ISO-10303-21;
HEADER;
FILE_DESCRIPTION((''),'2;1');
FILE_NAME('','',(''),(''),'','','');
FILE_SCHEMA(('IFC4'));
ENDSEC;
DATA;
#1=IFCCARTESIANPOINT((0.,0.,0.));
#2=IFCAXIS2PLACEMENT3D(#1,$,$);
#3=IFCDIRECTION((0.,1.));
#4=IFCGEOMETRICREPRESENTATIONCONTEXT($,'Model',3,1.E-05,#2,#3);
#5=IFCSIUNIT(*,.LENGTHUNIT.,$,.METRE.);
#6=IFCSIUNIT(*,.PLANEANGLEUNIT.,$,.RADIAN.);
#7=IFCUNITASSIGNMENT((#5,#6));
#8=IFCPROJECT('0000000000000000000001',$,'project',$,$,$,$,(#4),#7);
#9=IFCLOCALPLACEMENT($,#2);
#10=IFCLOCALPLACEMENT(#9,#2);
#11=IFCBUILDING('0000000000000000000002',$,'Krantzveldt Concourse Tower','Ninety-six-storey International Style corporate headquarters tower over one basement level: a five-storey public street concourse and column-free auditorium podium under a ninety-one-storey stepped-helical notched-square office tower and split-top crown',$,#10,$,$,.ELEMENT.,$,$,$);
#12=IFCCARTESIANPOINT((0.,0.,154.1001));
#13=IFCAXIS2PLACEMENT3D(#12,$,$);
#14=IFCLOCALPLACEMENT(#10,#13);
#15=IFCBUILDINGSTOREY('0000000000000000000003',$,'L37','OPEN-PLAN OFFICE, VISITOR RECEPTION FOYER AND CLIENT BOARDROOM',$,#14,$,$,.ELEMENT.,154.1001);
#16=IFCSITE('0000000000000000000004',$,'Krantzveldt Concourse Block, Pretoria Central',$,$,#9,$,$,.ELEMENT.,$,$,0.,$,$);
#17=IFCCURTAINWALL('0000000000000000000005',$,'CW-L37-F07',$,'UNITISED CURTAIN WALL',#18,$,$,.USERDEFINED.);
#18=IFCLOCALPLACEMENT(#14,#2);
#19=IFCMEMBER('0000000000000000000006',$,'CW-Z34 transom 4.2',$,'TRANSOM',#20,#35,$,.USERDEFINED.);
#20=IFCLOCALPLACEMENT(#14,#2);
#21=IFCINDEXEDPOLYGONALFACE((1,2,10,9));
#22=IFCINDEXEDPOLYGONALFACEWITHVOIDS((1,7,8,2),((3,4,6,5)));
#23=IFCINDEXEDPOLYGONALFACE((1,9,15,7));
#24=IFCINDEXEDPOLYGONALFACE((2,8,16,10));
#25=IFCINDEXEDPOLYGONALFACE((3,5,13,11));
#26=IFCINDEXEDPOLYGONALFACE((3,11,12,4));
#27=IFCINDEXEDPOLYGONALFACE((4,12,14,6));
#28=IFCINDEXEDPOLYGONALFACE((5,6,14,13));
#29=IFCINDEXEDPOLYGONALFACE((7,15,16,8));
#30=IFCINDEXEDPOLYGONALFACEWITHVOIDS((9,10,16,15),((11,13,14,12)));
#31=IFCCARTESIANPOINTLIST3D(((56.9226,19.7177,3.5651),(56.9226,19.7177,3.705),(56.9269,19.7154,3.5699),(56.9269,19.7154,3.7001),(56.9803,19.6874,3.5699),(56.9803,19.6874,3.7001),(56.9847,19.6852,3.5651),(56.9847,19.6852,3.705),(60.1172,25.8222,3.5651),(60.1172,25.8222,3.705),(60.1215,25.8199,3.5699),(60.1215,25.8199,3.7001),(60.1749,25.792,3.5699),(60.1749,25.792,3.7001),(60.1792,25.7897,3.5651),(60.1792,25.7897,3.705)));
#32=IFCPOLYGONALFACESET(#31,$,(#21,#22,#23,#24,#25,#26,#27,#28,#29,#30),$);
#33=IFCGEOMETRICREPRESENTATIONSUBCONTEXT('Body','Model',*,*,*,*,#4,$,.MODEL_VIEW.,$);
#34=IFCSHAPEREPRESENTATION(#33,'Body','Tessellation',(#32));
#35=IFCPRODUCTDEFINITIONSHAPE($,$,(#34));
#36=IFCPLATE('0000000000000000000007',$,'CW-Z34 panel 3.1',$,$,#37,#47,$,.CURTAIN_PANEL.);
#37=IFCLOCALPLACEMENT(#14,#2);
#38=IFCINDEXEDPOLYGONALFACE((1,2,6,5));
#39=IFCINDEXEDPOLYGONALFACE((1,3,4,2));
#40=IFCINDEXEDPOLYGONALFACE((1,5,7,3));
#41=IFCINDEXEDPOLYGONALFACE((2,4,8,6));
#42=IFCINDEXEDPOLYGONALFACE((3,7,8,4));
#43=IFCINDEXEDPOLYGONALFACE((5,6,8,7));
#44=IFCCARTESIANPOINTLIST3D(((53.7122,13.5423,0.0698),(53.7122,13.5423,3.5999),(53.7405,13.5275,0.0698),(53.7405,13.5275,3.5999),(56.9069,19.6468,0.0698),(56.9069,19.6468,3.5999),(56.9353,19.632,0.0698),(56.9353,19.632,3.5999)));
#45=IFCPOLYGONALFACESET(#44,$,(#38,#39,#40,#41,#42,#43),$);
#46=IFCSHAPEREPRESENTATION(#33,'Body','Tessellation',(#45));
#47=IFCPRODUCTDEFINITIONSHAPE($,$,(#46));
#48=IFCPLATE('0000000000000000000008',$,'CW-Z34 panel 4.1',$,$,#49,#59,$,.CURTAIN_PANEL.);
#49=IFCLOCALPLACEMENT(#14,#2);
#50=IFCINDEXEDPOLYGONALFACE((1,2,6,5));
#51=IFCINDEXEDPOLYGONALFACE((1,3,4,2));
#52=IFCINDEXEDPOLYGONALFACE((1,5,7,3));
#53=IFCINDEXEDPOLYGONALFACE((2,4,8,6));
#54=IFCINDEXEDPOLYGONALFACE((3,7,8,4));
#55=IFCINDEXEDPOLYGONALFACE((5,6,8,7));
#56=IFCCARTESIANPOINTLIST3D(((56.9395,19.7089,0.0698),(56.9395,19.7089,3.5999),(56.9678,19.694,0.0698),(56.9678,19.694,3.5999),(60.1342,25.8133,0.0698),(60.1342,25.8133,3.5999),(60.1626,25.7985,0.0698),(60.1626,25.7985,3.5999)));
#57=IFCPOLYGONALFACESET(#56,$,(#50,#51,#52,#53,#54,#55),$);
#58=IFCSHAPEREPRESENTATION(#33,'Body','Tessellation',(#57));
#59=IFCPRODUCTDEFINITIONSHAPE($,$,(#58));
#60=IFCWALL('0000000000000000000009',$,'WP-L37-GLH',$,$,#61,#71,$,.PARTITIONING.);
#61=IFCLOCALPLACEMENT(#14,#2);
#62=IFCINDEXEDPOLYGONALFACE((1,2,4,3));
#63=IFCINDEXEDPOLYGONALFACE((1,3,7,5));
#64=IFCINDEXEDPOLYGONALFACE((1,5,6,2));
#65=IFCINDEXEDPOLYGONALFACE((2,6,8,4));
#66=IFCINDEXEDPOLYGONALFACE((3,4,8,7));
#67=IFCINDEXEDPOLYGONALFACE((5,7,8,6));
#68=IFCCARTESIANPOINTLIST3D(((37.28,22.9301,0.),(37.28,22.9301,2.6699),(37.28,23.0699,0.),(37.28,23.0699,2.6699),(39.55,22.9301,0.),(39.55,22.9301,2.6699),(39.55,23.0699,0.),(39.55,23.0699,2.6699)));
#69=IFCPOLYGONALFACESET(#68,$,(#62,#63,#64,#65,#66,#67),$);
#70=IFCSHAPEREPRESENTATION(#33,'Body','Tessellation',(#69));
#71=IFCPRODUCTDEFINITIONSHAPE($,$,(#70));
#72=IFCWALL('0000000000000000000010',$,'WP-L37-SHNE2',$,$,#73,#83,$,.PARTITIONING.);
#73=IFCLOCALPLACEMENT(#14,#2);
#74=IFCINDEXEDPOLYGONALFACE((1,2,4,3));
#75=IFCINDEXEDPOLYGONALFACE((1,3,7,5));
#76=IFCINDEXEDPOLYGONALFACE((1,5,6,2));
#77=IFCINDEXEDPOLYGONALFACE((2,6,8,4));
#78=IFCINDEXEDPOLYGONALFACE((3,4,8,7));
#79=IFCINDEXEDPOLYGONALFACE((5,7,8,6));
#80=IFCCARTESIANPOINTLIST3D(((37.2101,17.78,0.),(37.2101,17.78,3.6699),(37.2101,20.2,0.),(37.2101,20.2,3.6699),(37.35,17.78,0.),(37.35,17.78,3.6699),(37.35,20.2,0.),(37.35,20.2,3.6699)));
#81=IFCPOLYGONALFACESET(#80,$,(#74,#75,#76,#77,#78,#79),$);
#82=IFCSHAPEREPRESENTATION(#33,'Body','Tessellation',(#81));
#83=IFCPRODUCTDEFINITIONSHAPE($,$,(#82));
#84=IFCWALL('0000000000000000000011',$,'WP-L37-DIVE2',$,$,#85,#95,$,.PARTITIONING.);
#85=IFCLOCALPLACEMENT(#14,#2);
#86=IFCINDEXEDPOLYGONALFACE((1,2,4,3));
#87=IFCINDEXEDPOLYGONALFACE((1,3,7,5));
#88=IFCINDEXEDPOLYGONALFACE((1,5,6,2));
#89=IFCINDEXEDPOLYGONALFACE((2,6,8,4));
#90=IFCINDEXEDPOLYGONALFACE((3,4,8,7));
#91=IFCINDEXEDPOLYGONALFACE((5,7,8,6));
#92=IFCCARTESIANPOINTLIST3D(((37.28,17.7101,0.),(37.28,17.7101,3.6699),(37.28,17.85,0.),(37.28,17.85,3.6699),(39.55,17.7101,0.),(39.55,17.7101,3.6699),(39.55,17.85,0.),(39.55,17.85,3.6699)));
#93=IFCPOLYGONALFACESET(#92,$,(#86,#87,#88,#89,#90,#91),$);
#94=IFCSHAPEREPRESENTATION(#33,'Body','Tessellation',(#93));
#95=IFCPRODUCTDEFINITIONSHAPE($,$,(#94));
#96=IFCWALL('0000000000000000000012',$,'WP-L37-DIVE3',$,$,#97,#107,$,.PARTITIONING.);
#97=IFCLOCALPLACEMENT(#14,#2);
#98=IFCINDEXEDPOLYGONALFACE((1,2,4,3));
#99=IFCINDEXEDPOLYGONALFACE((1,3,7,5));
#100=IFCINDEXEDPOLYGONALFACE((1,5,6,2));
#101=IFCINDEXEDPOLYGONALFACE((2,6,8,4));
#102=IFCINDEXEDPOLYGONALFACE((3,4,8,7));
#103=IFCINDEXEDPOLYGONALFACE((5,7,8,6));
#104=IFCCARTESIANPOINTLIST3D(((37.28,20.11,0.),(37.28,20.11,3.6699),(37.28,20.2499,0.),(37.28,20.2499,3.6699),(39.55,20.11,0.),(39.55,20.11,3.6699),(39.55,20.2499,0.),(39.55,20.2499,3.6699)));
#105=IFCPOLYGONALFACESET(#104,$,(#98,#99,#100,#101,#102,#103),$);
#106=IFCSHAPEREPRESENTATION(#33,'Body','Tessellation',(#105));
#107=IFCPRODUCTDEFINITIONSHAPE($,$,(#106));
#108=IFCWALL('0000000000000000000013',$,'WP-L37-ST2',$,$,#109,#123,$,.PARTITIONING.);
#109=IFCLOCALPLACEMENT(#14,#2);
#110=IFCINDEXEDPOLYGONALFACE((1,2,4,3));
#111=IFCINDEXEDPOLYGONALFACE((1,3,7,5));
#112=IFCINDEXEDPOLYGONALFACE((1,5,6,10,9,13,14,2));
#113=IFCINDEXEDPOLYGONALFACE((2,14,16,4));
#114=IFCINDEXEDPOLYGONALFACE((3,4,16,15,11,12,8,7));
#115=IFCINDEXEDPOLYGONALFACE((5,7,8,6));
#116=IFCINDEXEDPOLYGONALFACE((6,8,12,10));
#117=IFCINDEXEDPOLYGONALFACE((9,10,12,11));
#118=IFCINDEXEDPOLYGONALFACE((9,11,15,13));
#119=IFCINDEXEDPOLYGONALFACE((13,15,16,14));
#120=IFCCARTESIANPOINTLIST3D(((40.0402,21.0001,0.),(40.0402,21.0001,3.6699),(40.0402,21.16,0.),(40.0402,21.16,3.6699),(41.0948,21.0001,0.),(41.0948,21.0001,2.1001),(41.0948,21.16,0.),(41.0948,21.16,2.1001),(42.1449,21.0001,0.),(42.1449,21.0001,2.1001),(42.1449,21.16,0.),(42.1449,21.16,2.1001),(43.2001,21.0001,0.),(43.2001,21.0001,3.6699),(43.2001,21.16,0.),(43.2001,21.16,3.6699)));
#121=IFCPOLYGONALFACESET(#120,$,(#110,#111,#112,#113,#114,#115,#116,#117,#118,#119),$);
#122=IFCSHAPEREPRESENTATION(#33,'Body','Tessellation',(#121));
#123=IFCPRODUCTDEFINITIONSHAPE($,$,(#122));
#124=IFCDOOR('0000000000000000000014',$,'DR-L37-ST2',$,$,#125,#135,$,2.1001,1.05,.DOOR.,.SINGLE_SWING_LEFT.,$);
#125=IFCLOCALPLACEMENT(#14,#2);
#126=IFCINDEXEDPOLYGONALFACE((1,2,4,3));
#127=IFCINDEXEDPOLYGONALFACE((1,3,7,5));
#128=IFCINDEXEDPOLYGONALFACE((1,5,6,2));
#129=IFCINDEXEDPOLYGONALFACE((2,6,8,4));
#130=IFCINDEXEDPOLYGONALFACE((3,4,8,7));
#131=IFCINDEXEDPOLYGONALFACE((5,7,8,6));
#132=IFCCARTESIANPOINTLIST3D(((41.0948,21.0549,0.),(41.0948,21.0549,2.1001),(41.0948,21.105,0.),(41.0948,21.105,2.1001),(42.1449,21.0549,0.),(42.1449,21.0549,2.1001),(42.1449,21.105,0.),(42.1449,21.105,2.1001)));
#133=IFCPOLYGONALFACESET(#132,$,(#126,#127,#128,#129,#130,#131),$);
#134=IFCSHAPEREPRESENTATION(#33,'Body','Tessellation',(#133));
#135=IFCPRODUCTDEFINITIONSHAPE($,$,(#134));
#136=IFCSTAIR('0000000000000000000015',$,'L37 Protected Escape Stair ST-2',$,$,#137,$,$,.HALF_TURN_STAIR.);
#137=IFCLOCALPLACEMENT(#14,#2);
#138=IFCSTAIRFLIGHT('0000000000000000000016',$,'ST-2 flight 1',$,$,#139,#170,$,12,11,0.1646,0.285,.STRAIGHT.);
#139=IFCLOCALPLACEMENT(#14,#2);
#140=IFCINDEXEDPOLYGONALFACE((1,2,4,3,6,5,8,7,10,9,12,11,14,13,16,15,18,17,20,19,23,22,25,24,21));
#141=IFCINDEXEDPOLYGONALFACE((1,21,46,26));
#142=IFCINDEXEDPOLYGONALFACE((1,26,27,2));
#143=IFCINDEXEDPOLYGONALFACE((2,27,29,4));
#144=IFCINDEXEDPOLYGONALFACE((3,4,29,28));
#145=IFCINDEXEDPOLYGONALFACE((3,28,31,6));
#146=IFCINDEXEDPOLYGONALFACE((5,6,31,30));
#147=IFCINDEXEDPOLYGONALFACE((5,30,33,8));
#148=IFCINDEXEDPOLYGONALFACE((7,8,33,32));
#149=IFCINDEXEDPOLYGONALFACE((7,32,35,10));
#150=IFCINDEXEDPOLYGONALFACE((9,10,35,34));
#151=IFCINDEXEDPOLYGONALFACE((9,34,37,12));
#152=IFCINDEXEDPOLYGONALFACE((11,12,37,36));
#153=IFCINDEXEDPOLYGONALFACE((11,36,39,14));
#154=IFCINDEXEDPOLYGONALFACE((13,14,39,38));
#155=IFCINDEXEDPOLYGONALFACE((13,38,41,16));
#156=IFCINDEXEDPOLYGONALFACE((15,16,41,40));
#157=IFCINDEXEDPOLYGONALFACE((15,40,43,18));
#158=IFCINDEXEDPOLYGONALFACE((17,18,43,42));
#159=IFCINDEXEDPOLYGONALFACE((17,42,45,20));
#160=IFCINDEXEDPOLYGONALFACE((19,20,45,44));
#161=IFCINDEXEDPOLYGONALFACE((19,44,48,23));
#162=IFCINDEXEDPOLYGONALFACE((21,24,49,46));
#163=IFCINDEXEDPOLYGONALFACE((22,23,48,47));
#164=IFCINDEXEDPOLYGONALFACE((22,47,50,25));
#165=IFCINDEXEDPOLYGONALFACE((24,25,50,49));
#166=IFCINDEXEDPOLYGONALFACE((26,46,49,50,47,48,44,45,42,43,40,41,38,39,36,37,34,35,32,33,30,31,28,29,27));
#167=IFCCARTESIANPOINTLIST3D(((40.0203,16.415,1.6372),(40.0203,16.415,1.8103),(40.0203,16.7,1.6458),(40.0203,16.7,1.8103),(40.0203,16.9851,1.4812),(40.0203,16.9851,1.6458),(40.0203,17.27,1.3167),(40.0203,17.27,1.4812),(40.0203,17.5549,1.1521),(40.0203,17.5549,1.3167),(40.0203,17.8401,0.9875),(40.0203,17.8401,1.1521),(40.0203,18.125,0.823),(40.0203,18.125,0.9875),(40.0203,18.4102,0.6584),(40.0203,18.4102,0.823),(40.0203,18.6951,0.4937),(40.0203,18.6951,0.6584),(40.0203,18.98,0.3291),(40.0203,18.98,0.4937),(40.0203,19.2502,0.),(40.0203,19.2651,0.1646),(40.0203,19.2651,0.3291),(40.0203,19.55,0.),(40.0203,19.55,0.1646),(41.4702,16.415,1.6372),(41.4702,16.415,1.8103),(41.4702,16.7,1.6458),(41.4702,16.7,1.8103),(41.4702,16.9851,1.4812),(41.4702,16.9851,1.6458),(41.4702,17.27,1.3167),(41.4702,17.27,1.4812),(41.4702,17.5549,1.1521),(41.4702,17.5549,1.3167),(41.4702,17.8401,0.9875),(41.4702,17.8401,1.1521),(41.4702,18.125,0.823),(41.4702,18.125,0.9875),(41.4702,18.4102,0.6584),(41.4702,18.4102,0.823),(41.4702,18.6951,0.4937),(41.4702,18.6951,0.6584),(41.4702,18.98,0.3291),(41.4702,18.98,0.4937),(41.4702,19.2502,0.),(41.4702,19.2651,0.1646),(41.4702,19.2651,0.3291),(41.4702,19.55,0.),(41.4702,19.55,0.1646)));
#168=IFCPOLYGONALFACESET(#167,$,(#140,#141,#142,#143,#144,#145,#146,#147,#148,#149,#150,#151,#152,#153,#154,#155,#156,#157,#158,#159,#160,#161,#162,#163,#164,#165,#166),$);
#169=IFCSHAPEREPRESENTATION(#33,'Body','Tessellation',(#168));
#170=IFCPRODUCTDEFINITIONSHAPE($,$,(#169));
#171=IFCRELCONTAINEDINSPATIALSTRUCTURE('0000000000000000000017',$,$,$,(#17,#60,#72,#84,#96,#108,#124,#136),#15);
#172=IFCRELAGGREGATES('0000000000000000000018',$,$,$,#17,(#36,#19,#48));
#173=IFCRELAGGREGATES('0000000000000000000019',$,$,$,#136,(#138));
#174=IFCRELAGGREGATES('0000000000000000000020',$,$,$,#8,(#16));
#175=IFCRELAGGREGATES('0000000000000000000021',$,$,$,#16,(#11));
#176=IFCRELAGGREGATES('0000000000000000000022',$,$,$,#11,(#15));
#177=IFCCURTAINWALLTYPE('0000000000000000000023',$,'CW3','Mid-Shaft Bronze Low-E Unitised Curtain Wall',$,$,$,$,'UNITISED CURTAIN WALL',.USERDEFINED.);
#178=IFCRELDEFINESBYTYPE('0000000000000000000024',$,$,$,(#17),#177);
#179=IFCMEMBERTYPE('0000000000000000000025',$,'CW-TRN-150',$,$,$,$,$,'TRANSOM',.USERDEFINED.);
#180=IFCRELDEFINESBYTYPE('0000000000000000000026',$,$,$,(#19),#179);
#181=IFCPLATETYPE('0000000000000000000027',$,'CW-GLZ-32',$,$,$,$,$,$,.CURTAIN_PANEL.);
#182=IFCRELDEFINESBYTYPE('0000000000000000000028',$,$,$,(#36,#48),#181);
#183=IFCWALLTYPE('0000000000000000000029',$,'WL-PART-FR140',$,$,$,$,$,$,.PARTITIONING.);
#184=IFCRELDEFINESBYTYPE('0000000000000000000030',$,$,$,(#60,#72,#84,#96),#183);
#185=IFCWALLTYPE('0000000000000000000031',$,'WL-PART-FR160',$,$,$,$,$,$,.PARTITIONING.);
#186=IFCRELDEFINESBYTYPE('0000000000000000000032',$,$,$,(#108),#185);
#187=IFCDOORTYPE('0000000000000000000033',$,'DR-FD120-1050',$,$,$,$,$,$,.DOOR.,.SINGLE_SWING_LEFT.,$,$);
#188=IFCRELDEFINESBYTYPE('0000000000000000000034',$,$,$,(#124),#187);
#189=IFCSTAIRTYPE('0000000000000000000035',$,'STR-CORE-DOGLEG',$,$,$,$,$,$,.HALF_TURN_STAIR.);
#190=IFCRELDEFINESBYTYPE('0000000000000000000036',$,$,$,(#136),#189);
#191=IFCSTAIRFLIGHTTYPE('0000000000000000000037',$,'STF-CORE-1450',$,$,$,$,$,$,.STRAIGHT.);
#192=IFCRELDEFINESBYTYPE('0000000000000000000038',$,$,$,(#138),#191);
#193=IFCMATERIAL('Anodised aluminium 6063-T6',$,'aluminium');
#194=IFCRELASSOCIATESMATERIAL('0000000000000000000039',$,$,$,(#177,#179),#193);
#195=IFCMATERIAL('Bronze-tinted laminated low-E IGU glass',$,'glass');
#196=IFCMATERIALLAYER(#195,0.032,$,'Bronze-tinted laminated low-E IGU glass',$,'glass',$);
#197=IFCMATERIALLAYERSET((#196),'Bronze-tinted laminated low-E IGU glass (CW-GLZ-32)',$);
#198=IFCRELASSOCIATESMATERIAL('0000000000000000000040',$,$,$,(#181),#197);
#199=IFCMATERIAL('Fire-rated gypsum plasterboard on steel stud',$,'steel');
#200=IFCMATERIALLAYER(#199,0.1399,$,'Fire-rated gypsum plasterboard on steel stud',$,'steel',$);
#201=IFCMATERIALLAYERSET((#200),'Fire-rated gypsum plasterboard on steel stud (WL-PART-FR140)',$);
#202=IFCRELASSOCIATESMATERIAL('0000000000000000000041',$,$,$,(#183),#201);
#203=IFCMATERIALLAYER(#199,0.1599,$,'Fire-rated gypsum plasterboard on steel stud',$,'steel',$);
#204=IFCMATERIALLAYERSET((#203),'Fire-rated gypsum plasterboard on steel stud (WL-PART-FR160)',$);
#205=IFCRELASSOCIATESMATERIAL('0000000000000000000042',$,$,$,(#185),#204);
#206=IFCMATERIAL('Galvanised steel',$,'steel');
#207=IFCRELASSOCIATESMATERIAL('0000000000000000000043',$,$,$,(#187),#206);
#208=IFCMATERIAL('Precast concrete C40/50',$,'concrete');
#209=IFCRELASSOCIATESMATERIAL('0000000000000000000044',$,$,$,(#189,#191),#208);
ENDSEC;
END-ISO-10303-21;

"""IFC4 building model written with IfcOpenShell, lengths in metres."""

from ifc_helpers import new_model, si_unit, direction, frame, frame_2d, origin, origin_2d, place, context, subcontext, project, spatial, polyline, rectangle, hollow_rectangle, outline, extrude, source, transform, mapped, material, layer, layer_set, material_profile, profile_set, type_object, type_shapes, element, fill, aggregate, save


model = new_model("IFC4")

# Units and contexts
model_context = context("Model", 3, precision=1e-05, world=origin(), true_north=direction((0.0, 1.0)))
body_context = subcontext(model_context, "Body", "Model", "MODEL_VIEW")
ifc_project = project(units=[si_unit("LENGTHUNIT", "METRE"), si_unit("PLANEANGLEUNIT", "RADIAN")], contexts=[model_context])

# Site, building, storey
site_placement = place(None, origin())
site = spatial("IfcSite", under=ifc_project, at=site_placement, Name="Krantzveldt Concourse Block, Pretoria Central", CompositionType="ELEMENT", RefElevation=0.0)
building_placement = place(site_placement, origin())
building = spatial("IfcBuilding", under=site, at=building_placement, Name="Krantzveldt Concourse Tower", Description="Ninety-six-storey International Style corporate headquarters tower over one basement level: a five-storey public street concourse and column-free auditorium podium under a ninety-one-storey stepped-helical notched-square office tower and split-top crown", CompositionType="ELEMENT")
storey_placement = place(building_placement, frame((0.0, 0.0, 154.1001)))
storey = spatial("IfcBuildingStorey", under=building, at=storey_placement, Name="L37", Description="OPEN-PLAN OFFICE, VISITOR RECEPTION FOYER AND CLIENT BOARDROOM", CompositionType="ELEMENT", Elevation=154.1001)

# Curtain wall, member, plates
ifc_material_1 = material(Name="Anodised aluminium 6063-T6", Category="aluminium")
curtain_wall_type = type_object("IfcCurtainWallType", Name="CW3", Description="Mid-Shaft Bronze Low-E Unitised Curtain Wall", ElementType="UNITISED CURTAIN WALL", PredefinedType="USERDEFINED", material=ifc_material_1)
curtain_wall_placement = place(storey_placement, origin())
curtain_wall = element("IfcCurtainWall", 1, at=curtain_wall_placement, inside=storey, type_object=curtain_wall_type, Name="CW-L37-F07", ObjectType="UNITISED CURTAIN WALL", PredefinedType="USERDEFINED")
ifc_material_profile_1 = material_profile(ifc_material_1, hollow_rectangle(XDim=0.0701, YDim=0.1399, WallThickness=0.0049, at=origin_2d()), Name="Anodised aluminium 6063-T6", Category="aluminium")
ifc_profile_set_1 = profile_set([ifc_material_profile_1], Name="Anodised aluminium 6063-T6 - ALU-TRAN 140x70x5")
member_type_1 = type_object("IfcMemberType", Name="CW-TRN-150", ElementType="TRANSOM", PredefinedType="USERDEFINED", material=ifc_profile_set_1)
shared_shape_1 = source(origin(), body_context, "Body", "SweptSolid", [
    extrude(hollow_rectangle(XDim=0.0701, YDim=0.1399, WallThickness=0.0049, at=origin_2d()), origin(), (0.0, 0.0, 1.0), 6.8899),
])
member_1_placement = place(storey_placement, frame((56.9536, 19.7014, 3.635), z_axis=(0.463664, 0.886011, 0.0), x_axis=(-0.886011, 0.463664, 0.0)))
member_1 = element("IfcMember", 2, at=member_1_placement, type_object=member_type_1, Name="CW-Z34 transom 4.2", ObjectType="TRANSOM", PredefinedType="USERDEFINED", context=body_context, shape_type="MappedRepresentation", body=[
    mapped(shared_shape_1, transform((0.0, 0.0, 0.0), x_axis=(1.0, 0.0, 0.0), y_axis=(0.0, 1.0, 0.0), z_axis=(0.0, 0.0, 1.0), scale=1.0)),
])
ifc_material_2 = material(Name="Bronze-tinted laminated low-E IGU glass", Category="glass")
ifc_layer_1 = layer(ifc_material_2, 0.032, Name="Bronze-tinted laminated low-E IGU glass", Category="glass")
ifc_layer_set_1 = layer_set([ifc_layer_1], Name="Bronze-tinted laminated low-E IGU glass (CW-GLZ-32)")
plate_type = type_object("IfcPlateType", Name="CW-GLZ-32", PredefinedType="CURTAIN_PANEL", material=ifc_layer_set_1)
shared_shape_2 = source(origin(), body_context, "Body", "SweptSolid", [
    extrude(rectangle(XDim=6.8899, YDim=0.032, at=origin_2d()), origin(), (0.0, 0.0, 1.0), 3.53),
])
type_shapes(plate_type, [shared_shape_2])
plate_1_placement = place(storey_placement, frame((55.3237, 16.5872, 0.0698), z_axis=(0.0, 0.0, 1.0), x_axis=(0.463683, 0.886001, 0.0)))
plate_1 = element("IfcPlate", 3, at=plate_1_placement, type_object=plate_type, Name="CW-Z34 panel 3.1", PredefinedType="CURTAIN_PANEL", context=body_context, shape_type="MappedRepresentation", body=[
    mapped(shared_shape_2, transform((0.0, 0.0, 0.0), x_axis=(1.0, 0.0, 0.0), y_axis=(0.0, 1.0, 0.0), z_axis=(0.0, 0.0, 1.0), scale=1.0)),
])
plate_2_placement = place(storey_placement, frame((58.551, 22.7537, 0.0698), z_axis=(0.0, 0.0, 1.0), x_axis=(0.463683, 0.886001, 0.0)))
plate_2 = element("IfcPlate", 4, at=plate_2_placement, type_object=plate_type, Name="CW-Z34 panel 4.1", PredefinedType="CURTAIN_PANEL", context=body_context, shape_type="MappedRepresentation", body=[
    mapped(shared_shape_2, transform((0.0, 0.0, 0.0), x_axis=(1.0, 0.0, 0.0), y_axis=(0.0, 1.0, 0.0), z_axis=(0.0, 0.0, 1.0), scale=1.0)),
])
aggregate(curtain_wall, [plate_1, member_1, plate_2])

# Shared definitions
ifc_material_3 = material(Name="Fire-rated gypsum plasterboard on steel stud", Category="steel")
ifc_layer_2 = layer(ifc_material_3, 0.1399, Name="Fire-rated gypsum plasterboard on steel stud", Category="steel")
ifc_layer_set_2 = layer_set([ifc_layer_2], Name="Fire-rated gypsum plasterboard on steel stud (WL-PART-FR140)")
wall_type_1 = type_object("IfcWallType", Name="WL-PART-FR140", PredefinedType="PARTITIONING", material=ifc_layer_set_2)

# Walls
wall_1_placement = place(storey_placement, frame((37.28, 23.0, 0.0), z_axis=(0.0, 0.0, 1.0), x_axis=(1.0, 0.0, 0.0)))
element("IfcWall", 5, at=wall_1_placement, inside=storey, type_object=wall_type_1, Name="WP-L37-GLH", PredefinedType="PARTITIONING", context=body_context, shape_type="SweptSolid", body=[
    extrude(rectangle(XDim=2.27, YDim=0.1399, at=frame_2d((1.135, 0.0))), origin(), (0.0, 0.0, 1.0), 2.6699),
])
wall_2_placement = place(storey_placement, frame((37.28, 17.78, 0.0), z_axis=(0.0, 0.0, 1.0), x_axis=(0.0, 1.0, 0.0)))
element("IfcWall", 6, at=wall_2_placement, inside=storey, type_object=wall_type_1, Name="WP-L37-SHNE2", PredefinedType="PARTITIONING", context=body_context, shape_type="SweptSolid", body=[
    extrude(rectangle(XDim=2.4199, YDim=0.1399, at=frame_2d((1.21, 0.0))), origin(), (0.0, 0.0, 1.0), 3.6699),
])
for number, where, z_axis, x_axis, name in (
    (7, (37.28, 17.78, 0.0), (0.0, 0.0, 1.0), (1.0, 0.0, 0.0), "WP-L37-DIVE2"),
    (8, (37.28, 20.1799, 0.0), (0.0, 0.0, 1.0), (1.0, 0.0, 0.0), "WP-L37-DIVE3"),
):
    element("IfcWall", number, at=place(storey_placement, frame(where, z_axis=z_axis, x_axis=x_axis)), inside=storey, type_object=wall_type_1, Name=name, PredefinedType="PARTITIONING", context=body_context, shape_type="SweptSolid", body=[
        extrude(rectangle(XDim=2.27, YDim=0.1399, at=frame_2d((1.135, 0.0))), origin(), (0.0, 0.0, 1.0), 3.6699),
    ])

# Wall, opening, door
ifc_layer_3 = layer(ifc_material_3, 0.1599, Name="Fire-rated gypsum plasterboard on steel stud", Category="steel")
ifc_layer_set_3 = layer_set([ifc_layer_3], Name="Fire-rated gypsum plasterboard on steel stud (WL-PART-FR160)")
wall_type_2 = type_object("IfcWallType", Name="WL-PART-FR160", PredefinedType="PARTITIONING", material=ifc_layer_set_3)
wall_3_placement = place(storey_placement, frame((40.04, 21.0801, 0.0), z_axis=(0.0, 0.0, 1.0), x_axis=(1.0, 0.0, 0.0)))
wall_3 = element("IfcWall", 9, at=wall_3_placement, inside=storey, type_object=wall_type_2, Name="WP-L37-ST2", PredefinedType="PARTITIONING", context=body_context, shape_type="SweptSolid", body=[
    extrude(rectangle(XDim=3.1599, YDim=0.1599, at=frame_2d((1.5801, 0.0))), origin(), (0.0, 0.0, 1.0), 3.6699),
])
opening_1_placement = place(wall_3_placement, frame((1.0549, 0.0, 0.0)))
opening_1 = element("IfcOpeningElement", 10, at=opening_1_placement, cuts=wall_3, PredefinedType="OPENING", context=body_context, shape_type="SweptSolid", body=[
    extrude(rectangle(XDim=1.05, YDim=2.1001, at=frame_2d((0.5249, 1.05))), frame((0.0, 0.0898, 0.0), z_axis=(0.0, -1.0, 0.0), x_axis=(1.0, 0.0, 0.0)), (0.0, 0.0, 1.0), 0.1799),
])
ifc_material_4 = material(Name="Galvanised steel", Category="steel")
door_type_1 = type_object("IfcDoorType", Name="DR-FD120-1050", OperationType="SINGLE_SWING_LEFT", PredefinedType="DOOR", material=ifc_material_4)
door_1_placement = place(opening_1_placement, origin())
door_1 = element("IfcDoor", 11, at=door_1_placement, inside=storey, type_object=door_type_1, Name="DR-L37-ST2", OperationType="SINGLE_SWING_LEFT", OverallHeight=2.1001, OverallWidth=1.05, PredefinedType="DOOR", context=body_context, shape_type="SweptSolid", body=[
    extrude(rectangle(XDim=1.05, YDim=2.1001, at=frame_2d((0.5249, 1.05))), frame((0.0, 0.0249, 0.0), z_axis=(0.0, -1.0, 0.0), x_axis=(1.0, 0.0, 0.0)), (0.0, 0.0, 1.0), 0.05),
])
fill(opening_1, door_1)

# Stair, stair flight
ifc_material_5 = material(Name="Precast concrete C40/50", Category="concrete")
stair_type = type_object("IfcStairType", Name="STR-CORE-DOGLEG", PredefinedType="HALF_TURN_STAIR", material=ifc_material_5)
stair_placement = place(storey_placement, origin())
stair = element("IfcStair", 12, at=stair_placement, inside=storey, type_object=stair_type, Name="L37 Protected Escape Stair ST-2", PredefinedType="HALF_TURN_STAIR")
stair_flight_type = type_object("IfcStairFlightType", Name="STF-CORE-1450", PredefinedType="STRAIGHT", material=ifc_material_5)
stair_flight_1_placement = place(storey_placement, frame((40.7451, 19.55, 0.0), z_axis=(0.0, 0.0, 1.0), x_axis=(0.0, -1.0, 0.0)))
stair_flight_1 = element("IfcStairFlight", 13, at=stair_flight_1_placement, type_object=stair_flight_type, Name="ST-2 flight 1", NumberOfRisers=12, NumberOfTreads=11, PredefinedType="STRAIGHT", RiserHeight=0.1646, TreadLength=0.285, context=body_context, shape_type="SweptSolid", body=[
    extrude(outline(polyline([(0.0, 0.0), (0.0, 0.1646), (0.2849, 0.1646), (0.2849, 0.3291), (0.5701, 0.3291), (0.5701, 0.4937), (0.855, 0.4937), (0.855, 0.6584), (1.1399, 0.6584), (1.1399, 0.823), (1.425, 0.823), (1.425, 0.9875), (1.71, 0.9875), (1.71, 1.1521), (1.9951, 1.1521), (1.9951, 1.3167), (2.28, 1.3167), (2.28, 1.4812), (2.5649, 1.4812), (2.5649, 1.6458), (2.8501, 1.6458), (2.8501, 1.8103), (3.135, 1.8103), (3.135, 1.9751), (3.135, 1.6372), (0.2998, 0.0), (0.0, 0.0)])), frame((0.0, 0.7251, 0.0), z_axis=(0.0, -1.0, 0.0), x_axis=(1.0, 0.0, 0.0)), (0.0, 0.0, 1.0), 1.45),
])
aggregate(stair, [stair_flight_1])

save(model, "model.ifc")
